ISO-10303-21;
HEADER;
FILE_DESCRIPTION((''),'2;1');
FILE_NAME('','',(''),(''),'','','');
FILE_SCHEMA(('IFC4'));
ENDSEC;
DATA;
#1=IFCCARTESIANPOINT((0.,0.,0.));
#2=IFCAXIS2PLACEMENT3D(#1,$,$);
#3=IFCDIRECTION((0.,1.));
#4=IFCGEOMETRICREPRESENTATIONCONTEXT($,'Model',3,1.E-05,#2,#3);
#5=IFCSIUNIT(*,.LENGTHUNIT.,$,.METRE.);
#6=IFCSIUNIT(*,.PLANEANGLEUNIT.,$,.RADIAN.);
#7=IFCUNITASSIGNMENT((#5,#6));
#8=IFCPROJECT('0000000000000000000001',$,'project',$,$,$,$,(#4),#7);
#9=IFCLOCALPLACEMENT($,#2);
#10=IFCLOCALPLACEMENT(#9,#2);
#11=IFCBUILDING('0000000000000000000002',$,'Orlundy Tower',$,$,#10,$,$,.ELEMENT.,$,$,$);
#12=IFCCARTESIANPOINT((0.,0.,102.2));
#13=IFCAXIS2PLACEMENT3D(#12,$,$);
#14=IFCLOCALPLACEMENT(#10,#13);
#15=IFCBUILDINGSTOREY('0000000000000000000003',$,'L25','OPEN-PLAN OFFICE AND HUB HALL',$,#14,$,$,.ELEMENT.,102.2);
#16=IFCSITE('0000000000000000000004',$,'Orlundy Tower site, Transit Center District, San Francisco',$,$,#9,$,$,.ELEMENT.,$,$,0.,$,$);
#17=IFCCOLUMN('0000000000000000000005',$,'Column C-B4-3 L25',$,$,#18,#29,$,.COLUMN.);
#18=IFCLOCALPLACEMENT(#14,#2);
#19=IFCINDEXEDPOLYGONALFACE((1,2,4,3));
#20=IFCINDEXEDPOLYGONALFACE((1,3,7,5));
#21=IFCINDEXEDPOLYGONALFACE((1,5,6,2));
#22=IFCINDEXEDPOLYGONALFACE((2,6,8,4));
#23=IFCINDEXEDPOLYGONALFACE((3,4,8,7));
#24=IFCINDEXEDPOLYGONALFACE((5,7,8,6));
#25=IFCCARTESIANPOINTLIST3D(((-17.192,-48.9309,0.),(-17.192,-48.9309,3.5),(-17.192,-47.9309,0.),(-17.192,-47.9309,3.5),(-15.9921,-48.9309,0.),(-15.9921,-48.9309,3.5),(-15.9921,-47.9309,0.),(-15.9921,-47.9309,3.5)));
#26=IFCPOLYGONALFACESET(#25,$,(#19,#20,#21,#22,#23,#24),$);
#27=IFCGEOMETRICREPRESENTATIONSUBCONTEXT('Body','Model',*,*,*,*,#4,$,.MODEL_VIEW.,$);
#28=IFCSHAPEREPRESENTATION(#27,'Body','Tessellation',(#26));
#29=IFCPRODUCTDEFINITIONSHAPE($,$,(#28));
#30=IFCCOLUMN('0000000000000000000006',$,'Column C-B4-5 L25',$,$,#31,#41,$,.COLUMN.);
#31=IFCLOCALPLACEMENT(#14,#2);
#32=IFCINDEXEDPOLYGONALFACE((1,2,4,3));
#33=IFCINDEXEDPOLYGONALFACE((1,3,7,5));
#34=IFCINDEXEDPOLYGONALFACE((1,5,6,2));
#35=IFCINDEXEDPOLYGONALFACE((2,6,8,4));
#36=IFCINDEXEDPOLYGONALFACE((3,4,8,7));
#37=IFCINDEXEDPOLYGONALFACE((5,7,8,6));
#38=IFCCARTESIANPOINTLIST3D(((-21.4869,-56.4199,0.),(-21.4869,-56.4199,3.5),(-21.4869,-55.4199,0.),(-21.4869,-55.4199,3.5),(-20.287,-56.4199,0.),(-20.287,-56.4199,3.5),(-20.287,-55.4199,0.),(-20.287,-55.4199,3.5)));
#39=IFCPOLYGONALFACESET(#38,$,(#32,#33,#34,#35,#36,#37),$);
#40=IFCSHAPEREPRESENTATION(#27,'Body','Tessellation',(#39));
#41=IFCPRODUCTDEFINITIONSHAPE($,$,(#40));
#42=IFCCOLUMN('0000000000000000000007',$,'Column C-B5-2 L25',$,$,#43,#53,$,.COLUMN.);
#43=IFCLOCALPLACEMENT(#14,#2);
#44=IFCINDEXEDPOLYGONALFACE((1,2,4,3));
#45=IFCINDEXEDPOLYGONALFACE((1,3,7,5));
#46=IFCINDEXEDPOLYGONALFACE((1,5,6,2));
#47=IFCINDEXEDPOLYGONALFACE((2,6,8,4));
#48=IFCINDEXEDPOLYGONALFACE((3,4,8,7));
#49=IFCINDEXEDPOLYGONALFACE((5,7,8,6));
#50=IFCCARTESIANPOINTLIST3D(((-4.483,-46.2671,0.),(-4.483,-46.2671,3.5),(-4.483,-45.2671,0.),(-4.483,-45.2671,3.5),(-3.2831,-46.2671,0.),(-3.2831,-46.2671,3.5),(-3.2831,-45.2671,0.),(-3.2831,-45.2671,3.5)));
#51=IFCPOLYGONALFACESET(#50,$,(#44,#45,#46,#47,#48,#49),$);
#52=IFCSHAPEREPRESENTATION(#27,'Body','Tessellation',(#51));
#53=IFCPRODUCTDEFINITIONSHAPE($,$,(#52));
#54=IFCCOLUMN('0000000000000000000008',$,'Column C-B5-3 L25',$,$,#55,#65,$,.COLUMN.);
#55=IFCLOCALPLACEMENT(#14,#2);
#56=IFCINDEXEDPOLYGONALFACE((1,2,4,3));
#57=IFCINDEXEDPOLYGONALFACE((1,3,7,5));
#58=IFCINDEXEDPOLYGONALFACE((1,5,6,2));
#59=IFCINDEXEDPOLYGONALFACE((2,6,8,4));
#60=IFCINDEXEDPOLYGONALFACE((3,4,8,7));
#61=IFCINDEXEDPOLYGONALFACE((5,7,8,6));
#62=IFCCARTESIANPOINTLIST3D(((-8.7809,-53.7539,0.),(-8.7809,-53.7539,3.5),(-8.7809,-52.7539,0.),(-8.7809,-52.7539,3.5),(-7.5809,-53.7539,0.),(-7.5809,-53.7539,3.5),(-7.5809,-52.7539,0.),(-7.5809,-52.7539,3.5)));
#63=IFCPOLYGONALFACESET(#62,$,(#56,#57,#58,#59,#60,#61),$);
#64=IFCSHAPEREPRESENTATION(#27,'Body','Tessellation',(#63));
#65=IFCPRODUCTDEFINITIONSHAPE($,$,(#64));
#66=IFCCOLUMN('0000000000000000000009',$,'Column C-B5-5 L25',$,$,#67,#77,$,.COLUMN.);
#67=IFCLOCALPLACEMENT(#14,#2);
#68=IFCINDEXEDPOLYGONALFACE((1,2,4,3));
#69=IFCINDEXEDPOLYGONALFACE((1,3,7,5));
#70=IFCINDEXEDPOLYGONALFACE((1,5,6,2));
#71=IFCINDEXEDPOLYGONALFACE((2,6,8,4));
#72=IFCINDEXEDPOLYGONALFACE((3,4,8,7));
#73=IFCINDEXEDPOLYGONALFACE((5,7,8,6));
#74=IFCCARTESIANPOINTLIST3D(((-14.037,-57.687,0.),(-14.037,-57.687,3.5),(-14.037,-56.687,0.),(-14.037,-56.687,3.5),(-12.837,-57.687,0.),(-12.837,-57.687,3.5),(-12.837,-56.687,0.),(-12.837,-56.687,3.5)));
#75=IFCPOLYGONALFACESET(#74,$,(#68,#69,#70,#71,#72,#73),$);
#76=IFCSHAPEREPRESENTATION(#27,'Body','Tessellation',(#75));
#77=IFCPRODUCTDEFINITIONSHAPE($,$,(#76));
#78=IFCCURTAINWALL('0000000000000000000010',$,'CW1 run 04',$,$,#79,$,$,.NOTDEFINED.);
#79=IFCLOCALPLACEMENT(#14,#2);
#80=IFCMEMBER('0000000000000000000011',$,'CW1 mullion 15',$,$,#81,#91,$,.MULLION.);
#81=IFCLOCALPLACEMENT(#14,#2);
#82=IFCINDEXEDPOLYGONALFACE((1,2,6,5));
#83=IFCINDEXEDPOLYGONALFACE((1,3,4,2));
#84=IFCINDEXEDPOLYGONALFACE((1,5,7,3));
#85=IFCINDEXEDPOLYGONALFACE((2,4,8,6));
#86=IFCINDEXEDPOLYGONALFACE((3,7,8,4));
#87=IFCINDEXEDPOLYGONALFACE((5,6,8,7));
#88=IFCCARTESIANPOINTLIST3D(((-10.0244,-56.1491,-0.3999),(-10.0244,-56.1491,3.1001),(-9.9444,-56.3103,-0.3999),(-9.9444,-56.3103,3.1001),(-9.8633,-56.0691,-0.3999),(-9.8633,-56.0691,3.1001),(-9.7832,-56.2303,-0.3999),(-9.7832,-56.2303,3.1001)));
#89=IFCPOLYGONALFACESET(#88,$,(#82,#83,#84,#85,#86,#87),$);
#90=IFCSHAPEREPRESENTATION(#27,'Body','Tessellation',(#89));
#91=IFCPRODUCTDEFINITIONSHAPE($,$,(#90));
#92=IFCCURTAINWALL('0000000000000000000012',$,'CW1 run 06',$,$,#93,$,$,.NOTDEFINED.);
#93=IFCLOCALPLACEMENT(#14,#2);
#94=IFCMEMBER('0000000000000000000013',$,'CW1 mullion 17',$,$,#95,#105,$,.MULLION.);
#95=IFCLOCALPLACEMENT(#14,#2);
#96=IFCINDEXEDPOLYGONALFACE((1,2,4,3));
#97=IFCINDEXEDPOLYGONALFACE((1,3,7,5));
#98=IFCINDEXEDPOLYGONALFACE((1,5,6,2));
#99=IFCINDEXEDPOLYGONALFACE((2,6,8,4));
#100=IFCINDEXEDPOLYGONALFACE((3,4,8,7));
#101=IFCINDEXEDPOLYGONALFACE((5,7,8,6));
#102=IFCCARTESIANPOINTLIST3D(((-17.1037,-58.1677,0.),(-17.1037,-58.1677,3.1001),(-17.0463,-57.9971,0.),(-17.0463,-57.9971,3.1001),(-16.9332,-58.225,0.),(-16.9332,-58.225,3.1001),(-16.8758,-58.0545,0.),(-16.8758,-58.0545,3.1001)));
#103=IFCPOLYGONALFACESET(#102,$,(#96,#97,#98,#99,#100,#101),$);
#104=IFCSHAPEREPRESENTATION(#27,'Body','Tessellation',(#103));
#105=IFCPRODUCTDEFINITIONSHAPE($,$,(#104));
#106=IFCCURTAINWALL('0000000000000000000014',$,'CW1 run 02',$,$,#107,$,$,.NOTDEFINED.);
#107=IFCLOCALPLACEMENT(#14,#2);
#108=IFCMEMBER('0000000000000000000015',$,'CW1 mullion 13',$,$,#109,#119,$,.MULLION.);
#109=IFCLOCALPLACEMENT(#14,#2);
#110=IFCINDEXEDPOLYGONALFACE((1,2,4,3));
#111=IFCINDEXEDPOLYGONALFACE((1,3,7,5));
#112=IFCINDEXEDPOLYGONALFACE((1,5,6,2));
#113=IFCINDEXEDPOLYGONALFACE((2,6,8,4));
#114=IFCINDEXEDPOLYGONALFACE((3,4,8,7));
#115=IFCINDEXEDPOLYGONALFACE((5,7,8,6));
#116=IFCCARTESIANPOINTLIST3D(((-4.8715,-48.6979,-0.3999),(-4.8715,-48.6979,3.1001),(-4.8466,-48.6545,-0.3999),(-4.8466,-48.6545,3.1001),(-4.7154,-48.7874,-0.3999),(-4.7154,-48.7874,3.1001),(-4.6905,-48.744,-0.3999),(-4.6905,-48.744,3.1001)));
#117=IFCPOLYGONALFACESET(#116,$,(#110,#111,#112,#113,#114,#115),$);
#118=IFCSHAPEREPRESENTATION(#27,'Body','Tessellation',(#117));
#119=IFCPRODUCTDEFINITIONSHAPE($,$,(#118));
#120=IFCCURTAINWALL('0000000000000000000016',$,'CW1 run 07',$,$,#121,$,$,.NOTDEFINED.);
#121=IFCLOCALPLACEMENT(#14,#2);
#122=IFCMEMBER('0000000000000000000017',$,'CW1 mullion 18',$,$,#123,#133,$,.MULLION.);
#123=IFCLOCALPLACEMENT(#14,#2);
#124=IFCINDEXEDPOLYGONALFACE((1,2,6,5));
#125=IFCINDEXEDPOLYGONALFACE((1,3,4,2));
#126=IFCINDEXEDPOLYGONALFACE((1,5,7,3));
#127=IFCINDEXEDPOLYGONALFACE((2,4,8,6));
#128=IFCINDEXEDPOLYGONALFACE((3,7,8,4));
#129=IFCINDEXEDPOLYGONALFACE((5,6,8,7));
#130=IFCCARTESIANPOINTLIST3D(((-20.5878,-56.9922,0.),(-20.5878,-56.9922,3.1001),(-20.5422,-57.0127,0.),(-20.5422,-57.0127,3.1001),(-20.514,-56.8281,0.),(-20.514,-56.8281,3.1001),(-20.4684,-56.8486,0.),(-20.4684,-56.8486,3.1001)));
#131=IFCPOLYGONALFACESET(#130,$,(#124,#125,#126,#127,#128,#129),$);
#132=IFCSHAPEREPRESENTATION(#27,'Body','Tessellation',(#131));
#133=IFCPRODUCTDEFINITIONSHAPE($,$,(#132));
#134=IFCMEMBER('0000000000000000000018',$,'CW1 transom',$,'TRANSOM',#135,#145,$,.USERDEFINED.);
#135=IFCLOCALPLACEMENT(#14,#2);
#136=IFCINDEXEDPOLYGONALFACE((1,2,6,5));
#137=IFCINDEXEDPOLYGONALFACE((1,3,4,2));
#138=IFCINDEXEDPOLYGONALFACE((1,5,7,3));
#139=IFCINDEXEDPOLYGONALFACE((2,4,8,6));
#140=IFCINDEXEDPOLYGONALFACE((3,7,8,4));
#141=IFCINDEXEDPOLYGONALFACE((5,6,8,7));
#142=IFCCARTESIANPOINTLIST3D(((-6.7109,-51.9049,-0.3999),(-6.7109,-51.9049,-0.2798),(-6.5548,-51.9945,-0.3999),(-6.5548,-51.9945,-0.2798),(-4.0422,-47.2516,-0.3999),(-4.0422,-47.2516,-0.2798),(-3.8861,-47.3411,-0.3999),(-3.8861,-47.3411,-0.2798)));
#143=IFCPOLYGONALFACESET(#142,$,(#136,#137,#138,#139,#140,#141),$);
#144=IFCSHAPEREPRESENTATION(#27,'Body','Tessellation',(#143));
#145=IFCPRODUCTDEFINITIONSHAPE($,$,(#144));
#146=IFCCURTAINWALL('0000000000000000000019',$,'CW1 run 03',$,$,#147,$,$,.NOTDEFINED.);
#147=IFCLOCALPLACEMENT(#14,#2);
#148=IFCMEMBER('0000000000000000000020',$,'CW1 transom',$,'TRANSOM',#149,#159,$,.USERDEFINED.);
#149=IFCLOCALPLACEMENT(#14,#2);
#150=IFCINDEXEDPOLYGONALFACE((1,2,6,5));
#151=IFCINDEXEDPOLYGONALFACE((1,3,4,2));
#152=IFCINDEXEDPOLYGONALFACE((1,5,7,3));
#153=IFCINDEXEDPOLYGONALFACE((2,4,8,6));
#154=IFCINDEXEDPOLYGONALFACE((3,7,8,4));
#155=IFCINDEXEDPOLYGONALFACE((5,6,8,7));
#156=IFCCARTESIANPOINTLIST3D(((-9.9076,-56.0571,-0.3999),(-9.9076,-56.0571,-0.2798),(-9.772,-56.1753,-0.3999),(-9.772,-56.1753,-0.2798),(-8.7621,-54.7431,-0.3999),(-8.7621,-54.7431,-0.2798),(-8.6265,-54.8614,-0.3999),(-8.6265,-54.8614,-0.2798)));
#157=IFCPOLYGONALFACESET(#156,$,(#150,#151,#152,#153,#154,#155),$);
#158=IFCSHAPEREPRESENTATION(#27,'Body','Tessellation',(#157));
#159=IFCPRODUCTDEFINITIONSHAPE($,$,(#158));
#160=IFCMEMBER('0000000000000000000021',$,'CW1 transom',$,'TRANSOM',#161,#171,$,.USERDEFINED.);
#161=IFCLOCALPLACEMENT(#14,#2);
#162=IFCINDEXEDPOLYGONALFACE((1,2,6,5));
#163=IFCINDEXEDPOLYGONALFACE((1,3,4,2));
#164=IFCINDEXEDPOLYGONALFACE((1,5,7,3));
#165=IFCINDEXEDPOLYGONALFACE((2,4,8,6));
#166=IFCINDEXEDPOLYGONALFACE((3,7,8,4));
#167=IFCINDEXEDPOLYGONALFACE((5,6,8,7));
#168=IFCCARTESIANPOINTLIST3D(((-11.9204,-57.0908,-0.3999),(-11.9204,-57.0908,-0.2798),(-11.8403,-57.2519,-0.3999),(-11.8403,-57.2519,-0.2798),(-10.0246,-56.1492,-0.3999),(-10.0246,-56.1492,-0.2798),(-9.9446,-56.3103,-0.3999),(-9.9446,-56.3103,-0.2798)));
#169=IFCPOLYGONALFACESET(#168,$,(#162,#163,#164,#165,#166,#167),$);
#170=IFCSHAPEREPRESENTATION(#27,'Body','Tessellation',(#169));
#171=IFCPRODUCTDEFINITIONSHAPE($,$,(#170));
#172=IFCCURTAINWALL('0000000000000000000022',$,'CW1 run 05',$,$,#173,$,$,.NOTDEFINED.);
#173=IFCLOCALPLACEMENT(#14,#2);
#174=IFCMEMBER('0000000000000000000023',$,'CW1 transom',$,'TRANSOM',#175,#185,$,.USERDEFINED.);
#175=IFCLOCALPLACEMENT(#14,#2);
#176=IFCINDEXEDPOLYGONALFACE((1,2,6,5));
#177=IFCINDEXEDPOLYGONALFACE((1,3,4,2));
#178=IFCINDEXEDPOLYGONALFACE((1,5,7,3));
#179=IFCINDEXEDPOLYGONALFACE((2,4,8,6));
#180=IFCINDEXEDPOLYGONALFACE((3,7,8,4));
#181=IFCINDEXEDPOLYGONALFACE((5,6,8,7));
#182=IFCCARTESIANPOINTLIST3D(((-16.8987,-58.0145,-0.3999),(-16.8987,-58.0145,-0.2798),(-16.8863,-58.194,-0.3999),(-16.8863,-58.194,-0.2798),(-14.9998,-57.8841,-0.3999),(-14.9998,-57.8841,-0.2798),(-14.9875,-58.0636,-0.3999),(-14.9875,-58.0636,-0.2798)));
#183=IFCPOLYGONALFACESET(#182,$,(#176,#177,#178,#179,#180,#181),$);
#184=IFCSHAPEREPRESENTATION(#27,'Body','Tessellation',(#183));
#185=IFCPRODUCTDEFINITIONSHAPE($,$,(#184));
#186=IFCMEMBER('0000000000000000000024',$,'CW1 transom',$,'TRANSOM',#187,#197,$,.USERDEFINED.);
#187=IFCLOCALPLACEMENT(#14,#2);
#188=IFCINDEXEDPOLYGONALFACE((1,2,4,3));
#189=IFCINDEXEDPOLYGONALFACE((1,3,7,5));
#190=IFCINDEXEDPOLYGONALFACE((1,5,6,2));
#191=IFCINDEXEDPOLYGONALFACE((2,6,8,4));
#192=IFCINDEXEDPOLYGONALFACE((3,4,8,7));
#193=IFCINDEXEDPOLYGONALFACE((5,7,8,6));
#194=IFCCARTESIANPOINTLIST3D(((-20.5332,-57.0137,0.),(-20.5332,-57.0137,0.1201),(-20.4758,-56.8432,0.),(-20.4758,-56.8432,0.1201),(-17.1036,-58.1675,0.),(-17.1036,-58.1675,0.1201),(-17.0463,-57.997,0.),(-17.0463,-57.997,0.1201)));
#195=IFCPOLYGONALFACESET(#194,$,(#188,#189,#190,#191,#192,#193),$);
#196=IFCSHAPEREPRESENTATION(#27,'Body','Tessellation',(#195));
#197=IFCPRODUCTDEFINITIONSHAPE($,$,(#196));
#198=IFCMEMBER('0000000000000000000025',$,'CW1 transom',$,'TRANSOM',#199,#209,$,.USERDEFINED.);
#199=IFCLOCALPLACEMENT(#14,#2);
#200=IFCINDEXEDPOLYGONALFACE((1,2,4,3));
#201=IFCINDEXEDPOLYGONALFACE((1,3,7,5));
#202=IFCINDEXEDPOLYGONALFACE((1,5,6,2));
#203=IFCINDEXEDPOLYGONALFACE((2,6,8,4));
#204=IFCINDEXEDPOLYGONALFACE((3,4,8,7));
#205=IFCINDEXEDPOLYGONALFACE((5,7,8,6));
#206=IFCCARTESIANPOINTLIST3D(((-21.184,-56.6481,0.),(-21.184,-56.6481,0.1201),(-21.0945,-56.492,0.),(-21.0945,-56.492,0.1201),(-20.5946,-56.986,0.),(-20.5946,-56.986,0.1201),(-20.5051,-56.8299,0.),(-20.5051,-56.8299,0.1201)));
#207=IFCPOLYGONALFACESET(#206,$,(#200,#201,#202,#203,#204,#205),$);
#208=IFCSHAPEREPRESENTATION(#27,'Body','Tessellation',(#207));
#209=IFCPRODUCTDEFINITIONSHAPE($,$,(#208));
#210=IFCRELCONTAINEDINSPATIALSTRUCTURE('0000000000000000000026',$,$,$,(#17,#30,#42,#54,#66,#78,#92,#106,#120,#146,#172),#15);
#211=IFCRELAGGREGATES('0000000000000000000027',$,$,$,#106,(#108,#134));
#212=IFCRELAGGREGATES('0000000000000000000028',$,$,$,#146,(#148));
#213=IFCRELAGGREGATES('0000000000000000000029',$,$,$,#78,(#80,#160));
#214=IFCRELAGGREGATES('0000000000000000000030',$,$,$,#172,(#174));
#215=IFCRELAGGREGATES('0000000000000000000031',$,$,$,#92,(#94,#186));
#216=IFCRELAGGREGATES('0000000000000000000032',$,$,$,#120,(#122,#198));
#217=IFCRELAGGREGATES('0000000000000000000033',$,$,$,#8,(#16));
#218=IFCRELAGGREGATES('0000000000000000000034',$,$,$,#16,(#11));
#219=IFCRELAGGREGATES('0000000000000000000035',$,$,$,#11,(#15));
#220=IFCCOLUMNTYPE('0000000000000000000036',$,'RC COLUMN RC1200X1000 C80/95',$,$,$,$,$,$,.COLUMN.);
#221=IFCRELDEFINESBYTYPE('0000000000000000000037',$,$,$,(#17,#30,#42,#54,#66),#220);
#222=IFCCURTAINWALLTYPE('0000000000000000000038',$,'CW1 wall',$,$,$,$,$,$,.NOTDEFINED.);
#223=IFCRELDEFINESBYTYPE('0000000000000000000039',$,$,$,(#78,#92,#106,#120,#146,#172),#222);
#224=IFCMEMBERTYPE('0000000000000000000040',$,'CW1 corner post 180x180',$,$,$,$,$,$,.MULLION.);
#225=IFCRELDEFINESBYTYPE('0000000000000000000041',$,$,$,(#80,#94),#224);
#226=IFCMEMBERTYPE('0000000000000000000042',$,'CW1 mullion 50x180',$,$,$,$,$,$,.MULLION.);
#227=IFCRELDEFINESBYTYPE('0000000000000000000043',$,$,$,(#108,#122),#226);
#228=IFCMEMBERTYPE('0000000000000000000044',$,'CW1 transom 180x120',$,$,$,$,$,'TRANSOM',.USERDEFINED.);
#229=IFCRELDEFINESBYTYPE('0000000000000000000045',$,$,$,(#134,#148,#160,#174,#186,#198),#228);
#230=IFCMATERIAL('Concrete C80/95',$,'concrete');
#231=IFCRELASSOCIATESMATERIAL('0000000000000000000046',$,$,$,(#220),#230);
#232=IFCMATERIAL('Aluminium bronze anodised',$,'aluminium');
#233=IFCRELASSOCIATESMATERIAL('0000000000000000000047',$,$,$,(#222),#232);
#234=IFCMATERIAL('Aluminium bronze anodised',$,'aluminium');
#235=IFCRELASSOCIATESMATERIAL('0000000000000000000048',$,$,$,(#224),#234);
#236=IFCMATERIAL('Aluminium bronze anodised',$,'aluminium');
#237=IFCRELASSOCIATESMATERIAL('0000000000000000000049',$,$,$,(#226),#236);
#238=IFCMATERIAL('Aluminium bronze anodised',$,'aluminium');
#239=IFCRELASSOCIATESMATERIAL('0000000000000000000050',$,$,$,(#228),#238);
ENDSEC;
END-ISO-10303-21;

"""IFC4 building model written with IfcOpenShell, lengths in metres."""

from ifc_helpers import new_model, si_unit, direction, frame, origin, origin_2d, place, context, subcontext, project, spatial, rectangle, extrude, material, material_profile, profile_set, type_object, element, aggregate, save


model = new_model("IFC4")

# Units and contexts
model_context = context("Model", 3, precision=1e-05, world=origin(), true_north=direction((0.0, 1.0)))
body_context = subcontext(model_context, "Body", "Model", "MODEL_VIEW")
ifc_project = project(units=[si_unit("LENGTHUNIT", "METRE"), si_unit("PLANEANGLEUNIT", "RADIAN")], contexts=[model_context])

# Site, building, storey
site_placement = place(None, origin())
site = spatial("IfcSite", under=ifc_project, at=site_placement, Name="Orlundy Tower site, Transit Center District, San Francisco", CompositionType="ELEMENT", RefElevation=0.0)
building_placement = place(site_placement, origin())
building = spatial("IfcBuilding", under=site, at=building_placement, Name="Orlundy Tower", CompositionType="ELEMENT")
storey_placement = place(building_placement, frame((0.0, 0.0, 102.2)))
storey = spatial("IfcBuildingStorey", under=building, at=storey_placement, Name="L25", Description="OPEN-PLAN OFFICE AND HUB HALL", CompositionType="ELEMENT", Elevation=102.2)

# Columns
ifc_material_1 = material(Name="Concrete C80/95", Category="concrete")
ifc_material_profile_1 = material_profile(ifc_material_1, rectangle(XDim=1.2, YDim=1.0, at=origin_2d()), Name="RC1200X1000")
ifc_profile_set_1 = profile_set([ifc_material_profile_1], Name="Concrete C80/95")
column_type = type_object("IfcColumnType", Name="RC COLUMN RC1200X1000 C80/95", PredefinedType="COLUMN", material=ifc_profile_set_1)
for number, where, z_axis, x_axis, name in (
    (1, (-16.592, -48.4309, 0.0), (0.0, 0.0, 1.0), (1.0, 0.0, 0.0), "Column C-B4-3 L25"),
    (2, (-20.887, -55.9199, 0.0), (0.0, 0.0, 1.0), (1.0, 0.0, 0.0), "Column C-B4-5 L25"),
    (3, (-3.8831, -45.7671, 0.0), (0.0, 0.0, 1.0), (1.0, 0.0, 0.0), "Column C-B5-2 L25"),
    (4, (-8.1809, -53.2539, 0.0), (0.0, 0.0, 1.0), (1.0, 0.0, 0.0), "Column C-B5-3 L25"),
    (5, (-13.437, -57.187, 0.0), (0.0, 0.0, 1.0), (1.0, 0.0, 0.0), "Column C-B5-5 L25"),
):
    element("IfcColumn", number, at=place(storey_placement, frame(where, z_axis=z_axis, x_axis=x_axis)), inside=storey, type_object=column_type, Name=name, PredefinedType="COLUMN", context=body_context, shape_type="SweptSolid", body=[
        extrude(rectangle(XDim=1.2, YDim=1.0, at=origin_2d()), origin(), (0.0, 0.0, 1.0), 3.5),
    ])

# Curtain walls, members
ifc_material_2 = material(Name="Aluminium bronze anodised", Category="aluminium")
curtain_wall_type = type_object("IfcCurtainWallType", Name="CW1 wall", PredefinedType="NOTDEFINED", material=ifc_material_2)
curtain_wall_1_placement = place(storey_placement, origin())
curtain_wall_1 = element("IfcCurtainWall", 6, at=curtain_wall_1_placement, inside=storey, type_object=curtain_wall_type, Name="CW1 run 04", PredefinedType="NOTDEFINED")
ifc_material_3 = material(Name="Aluminium bronze anodised", Category="aluminium")
ifc_material_profile_2 = material_profile(ifc_material_3, rectangle(XDim=0.1799, YDim=0.1799, at=origin_2d()), Name="CW1 corner post 180x180")
ifc_profile_set_2 = profile_set([ifc_material_profile_2], Name="Aluminium bronze anodised")
member_type_1 = type_object("IfcMemberType", Name="CW1 corner post 180x180", PredefinedType="MULLION", material=ifc_profile_set_2)
member_1_placement = place(storey_placement, frame((-9.9038, -56.1897, -0.3999), z_axis=(0.0, 0.0, 1.0), x_axis=(0.444838, -0.895611, 0.0)))
member_1 = element("IfcMember", 7, at=member_1_placement, type_object=member_type_1, Name="CW1 mullion 15", PredefinedType="MULLION", context=body_context, shape_type="SweptSolid", body=[
    extrude(rectangle(XDim=0.1799, YDim=0.1799, at=origin_2d()), origin(), (0.0, 0.0, 1.0), 3.5),
])
curtain_wall_2_placement = place(storey_placement, origin())
curtain_wall_2 = element("IfcCurtainWall", 8, at=curtain_wall_2_placement, inside=storey, type_object=curtain_wall_type, Name="CW1 run 06", PredefinedType="NOTDEFINED")
member_2_placement = place(storey_placement, frame((-16.9897, -58.1111, 0.0), z_axis=(0.0, 0.0, 1.0), x_axis=(-0.318897, -0.947789, 0.0)))
member_2 = element("IfcMember", 9, at=member_2_placement, type_object=member_type_1, Name="CW1 mullion 17", PredefinedType="MULLION", context=body_context, shape_type="SweptSolid", body=[
    extrude(rectangle(XDim=0.1799, YDim=0.1799, at=origin_2d()), origin(), (0.0, 0.0, 1.0), 3.1001),
])
curtain_wall_3_placement = place(storey_placement, origin())
curtain_wall_3 = element("IfcCurtainWall", 10, at=curtain_wall_3_placement, inside=storey, type_object=curtain_wall_type, Name="CW1 run 02", PredefinedType="NOTDEFINED")
ifc_material_4 = material(Name="Aluminium bronze anodised", Category="aluminium")
ifc_material_profile_3 = material_profile(ifc_material_4, rectangle(XDim=0.1799, YDim=0.05, at=origin_2d()), Name="CW1 mullion 50x180")
ifc_profile_set_3 = profile_set([ifc_material_profile_3], Name="Aluminium bronze anodised")
member_type_2 = type_object("IfcMemberType", Name="CW1 mullion 50x180", PredefinedType="MULLION", material=ifc_profile_set_3)
member_3_placement = place(storey_placement, frame((-4.781, -48.7209, -0.3999), z_axis=(0.0, 0.0, 1.0), x_axis=(0.867479, -0.497473, 0.0)))
member_3 = element("IfcMember", 11, at=member_3_placement, type_object=member_type_2, Name="CW1 mullion 13", PredefinedType="MULLION", context=body_context, shape_type="SweptSolid", body=[
    extrude(rectangle(XDim=0.1799, YDim=0.05, at=origin_2d()), origin(), (0.0, 0.0, 1.0), 3.5),
])
curtain_wall_4_placement = place(storey_placement, origin())
curtain_wall_4 = element("IfcCurtainWall", 12, at=curtain_wall_4_placement, inside=storey, type_object=curtain_wall_type, Name="CW1 run 07", PredefinedType="NOTDEFINED")
member_4_placement = place(storey_placement, frame((-20.5281, -56.9204, 0.0), z_axis=(0.0, 0.0, 1.0), x_axis=(-0.410158, -0.912015, 0.0)))
member_4 = element("IfcMember", 13, at=member_4_placement, type_object=member_type_2, Name="CW1 mullion 18", PredefinedType="MULLION", context=body_context, shape_type="SweptSolid", body=[
    extrude(rectangle(XDim=0.1799, YDim=0.05, at=origin_2d()), origin(), (0.0, 0.0, 1.0), 3.1001),
])

# Member
ifc_material_5 = material(Name="Aluminium bronze anodised", Category="aluminium")
ifc_material_profile_4 = material_profile(ifc_material_5, rectangle(XDim=0.1799, YDim=0.1201, at=origin_2d()), Name="CW1 transom 180x120")
ifc_profile_set_4 = profile_set([ifc_material_profile_4], Name="Aluminium bronze anodised")
member_type_3 = type_object("IfcMemberType", Name="CW1 transom 180x120", ElementType="TRANSOM", PredefinedType="USERDEFINED", material=ifc_profile_set_4)
member_5_placement = place(storey_placement, frame((-3.9641, -47.2964, -0.3398), z_axis=(-0.497496, -0.867466, 0.0), x_axis=(0.867466, -0.497496, 0.0)))
member_5 = element("IfcMember", 14, at=member_5_placement, type_object=member_type_3, Name="CW1 transom", ObjectType="TRANSOM", PredefinedType="USERDEFINED", context=body_context, shape_type="SweptSolid", body=[
    extrude(rectangle(XDim=0.1799, YDim=0.1201, at=origin_2d()), origin(), (0.0, 0.0, 1.0), 5.3643),
])

# Curtain wall, member
curtain_wall_5_placement = place(storey_placement, origin())
curtain_wall_5 = element("IfcCurtainWall", 15, at=curtain_wall_5_placement, inside=storey, type_object=curtain_wall_type, Name="CW1 run 03", PredefinedType="NOTDEFINED")
member_6_placement = place(storey_placement, frame((-8.6943, -54.8022, -0.3398), z_axis=(-0.657135, -0.753773, 0.0), x_axis=(0.753773, -0.657135, 0.0)))
member_6 = element("IfcMember", 16, at=member_6_placement, type_object=member_type_3, Name="CW1 transom", ObjectType="TRANSOM", PredefinedType="USERDEFINED", context=body_context, shape_type="SweptSolid", body=[
    extrude(rectangle(XDim=0.1799, YDim=0.1201, at=origin_2d()), origin(), (0.0, 0.0, 1.0), 1.7432),
])

# Member
member_7_placement = place(storey_placement, frame((-9.9846, -56.2297, -0.3398), z_axis=(-0.895601, -0.444859, 0.0), x_axis=(0.444859, -0.895601, 0.0)))
member_7 = element("IfcMember", 17, at=member_7_placement, type_object=member_type_3, Name="CW1 transom", ObjectType="TRANSOM", PredefinedType="USERDEFINED", context=body_context, shape_type="SweptSolid", body=[
    extrude(rectangle(XDim=0.1799, YDim=0.1201, at=origin_2d()), origin(), (0.0, 0.0, 1.0), 2.1167),
])

# Curtain wall, member
curtain_wall_6_placement = place(storey_placement, origin())
curtain_wall_6 = element("IfcCurtainWall", 18, at=curtain_wall_6_placement, inside=storey, type_object=curtain_wall_type, Name="CW1 run 05", PredefinedType="NOTDEFINED")
member_8_placement = place(storey_placement, frame((-14.9937, -57.9739, -0.3398), z_axis=(-0.997652, -0.068494, 0.0), x_axis=(0.068494, -0.997652, 0.0)))
member_8 = element("IfcMember", 19, at=member_8_placement, type_object=member_type_3, Name="CW1 transom", ObjectType="TRANSOM", PredefinedType="USERDEFINED", context=body_context, shape_type="SweptSolid", body=[
    extrude(rectangle(XDim=0.1799, YDim=0.1201, at=origin_2d()), origin(), (0.0, 0.0, 1.0), 1.9033),
])

# Members
member_9_placement = place(storey_placement, frame((-17.075, -58.0823, 0.0601), z_axis=(-0.947796, 0.318878, 0.0), x_axis=(-0.318878, -0.947796, 0.0)))
member_9 = element("IfcMember", 20, at=member_9_placement, type_object=member_type_3, Name="CW1 transom", ObjectType="TRANSOM", PredefinedType="USERDEFINED", context=body_context, shape_type="SweptSolid", body=[
    extrude(rectangle(XDim=0.1799, YDim=0.1201, at=origin_2d()), origin(), (0.0, 0.0, 1.0), 3.6184),
])
member_10_placement = place(storey_placement, frame((-20.5498, -56.908, 0.0601), z_axis=(-0.867535, 0.497377, 0.0), x_axis=(-0.497377, -0.867535, 0.0)))
member_10 = element("IfcMember", 21, at=member_10_placement, type_object=member_type_3, Name="CW1 transom", ObjectType="TRANSOM", PredefinedType="USERDEFINED", context=body_context, shape_type="SweptSolid", body=[
    extrude(rectangle(XDim=0.1799, YDim=0.1201, at=origin_2d()), origin(), (0.0, 0.0, 1.0), 0.6794),
])

aggregate(curtain_wall_3, [member_3, member_5])
aggregate(curtain_wall_5, [member_6])
aggregate(curtain_wall_1, [member_1, member_7])
aggregate(curtain_wall_6, [member_8])
aggregate(curtain_wall_2, [member_2, member_9])
aggregate(curtain_wall_4, [member_4, member_10])

save(model, "model.ifc")
